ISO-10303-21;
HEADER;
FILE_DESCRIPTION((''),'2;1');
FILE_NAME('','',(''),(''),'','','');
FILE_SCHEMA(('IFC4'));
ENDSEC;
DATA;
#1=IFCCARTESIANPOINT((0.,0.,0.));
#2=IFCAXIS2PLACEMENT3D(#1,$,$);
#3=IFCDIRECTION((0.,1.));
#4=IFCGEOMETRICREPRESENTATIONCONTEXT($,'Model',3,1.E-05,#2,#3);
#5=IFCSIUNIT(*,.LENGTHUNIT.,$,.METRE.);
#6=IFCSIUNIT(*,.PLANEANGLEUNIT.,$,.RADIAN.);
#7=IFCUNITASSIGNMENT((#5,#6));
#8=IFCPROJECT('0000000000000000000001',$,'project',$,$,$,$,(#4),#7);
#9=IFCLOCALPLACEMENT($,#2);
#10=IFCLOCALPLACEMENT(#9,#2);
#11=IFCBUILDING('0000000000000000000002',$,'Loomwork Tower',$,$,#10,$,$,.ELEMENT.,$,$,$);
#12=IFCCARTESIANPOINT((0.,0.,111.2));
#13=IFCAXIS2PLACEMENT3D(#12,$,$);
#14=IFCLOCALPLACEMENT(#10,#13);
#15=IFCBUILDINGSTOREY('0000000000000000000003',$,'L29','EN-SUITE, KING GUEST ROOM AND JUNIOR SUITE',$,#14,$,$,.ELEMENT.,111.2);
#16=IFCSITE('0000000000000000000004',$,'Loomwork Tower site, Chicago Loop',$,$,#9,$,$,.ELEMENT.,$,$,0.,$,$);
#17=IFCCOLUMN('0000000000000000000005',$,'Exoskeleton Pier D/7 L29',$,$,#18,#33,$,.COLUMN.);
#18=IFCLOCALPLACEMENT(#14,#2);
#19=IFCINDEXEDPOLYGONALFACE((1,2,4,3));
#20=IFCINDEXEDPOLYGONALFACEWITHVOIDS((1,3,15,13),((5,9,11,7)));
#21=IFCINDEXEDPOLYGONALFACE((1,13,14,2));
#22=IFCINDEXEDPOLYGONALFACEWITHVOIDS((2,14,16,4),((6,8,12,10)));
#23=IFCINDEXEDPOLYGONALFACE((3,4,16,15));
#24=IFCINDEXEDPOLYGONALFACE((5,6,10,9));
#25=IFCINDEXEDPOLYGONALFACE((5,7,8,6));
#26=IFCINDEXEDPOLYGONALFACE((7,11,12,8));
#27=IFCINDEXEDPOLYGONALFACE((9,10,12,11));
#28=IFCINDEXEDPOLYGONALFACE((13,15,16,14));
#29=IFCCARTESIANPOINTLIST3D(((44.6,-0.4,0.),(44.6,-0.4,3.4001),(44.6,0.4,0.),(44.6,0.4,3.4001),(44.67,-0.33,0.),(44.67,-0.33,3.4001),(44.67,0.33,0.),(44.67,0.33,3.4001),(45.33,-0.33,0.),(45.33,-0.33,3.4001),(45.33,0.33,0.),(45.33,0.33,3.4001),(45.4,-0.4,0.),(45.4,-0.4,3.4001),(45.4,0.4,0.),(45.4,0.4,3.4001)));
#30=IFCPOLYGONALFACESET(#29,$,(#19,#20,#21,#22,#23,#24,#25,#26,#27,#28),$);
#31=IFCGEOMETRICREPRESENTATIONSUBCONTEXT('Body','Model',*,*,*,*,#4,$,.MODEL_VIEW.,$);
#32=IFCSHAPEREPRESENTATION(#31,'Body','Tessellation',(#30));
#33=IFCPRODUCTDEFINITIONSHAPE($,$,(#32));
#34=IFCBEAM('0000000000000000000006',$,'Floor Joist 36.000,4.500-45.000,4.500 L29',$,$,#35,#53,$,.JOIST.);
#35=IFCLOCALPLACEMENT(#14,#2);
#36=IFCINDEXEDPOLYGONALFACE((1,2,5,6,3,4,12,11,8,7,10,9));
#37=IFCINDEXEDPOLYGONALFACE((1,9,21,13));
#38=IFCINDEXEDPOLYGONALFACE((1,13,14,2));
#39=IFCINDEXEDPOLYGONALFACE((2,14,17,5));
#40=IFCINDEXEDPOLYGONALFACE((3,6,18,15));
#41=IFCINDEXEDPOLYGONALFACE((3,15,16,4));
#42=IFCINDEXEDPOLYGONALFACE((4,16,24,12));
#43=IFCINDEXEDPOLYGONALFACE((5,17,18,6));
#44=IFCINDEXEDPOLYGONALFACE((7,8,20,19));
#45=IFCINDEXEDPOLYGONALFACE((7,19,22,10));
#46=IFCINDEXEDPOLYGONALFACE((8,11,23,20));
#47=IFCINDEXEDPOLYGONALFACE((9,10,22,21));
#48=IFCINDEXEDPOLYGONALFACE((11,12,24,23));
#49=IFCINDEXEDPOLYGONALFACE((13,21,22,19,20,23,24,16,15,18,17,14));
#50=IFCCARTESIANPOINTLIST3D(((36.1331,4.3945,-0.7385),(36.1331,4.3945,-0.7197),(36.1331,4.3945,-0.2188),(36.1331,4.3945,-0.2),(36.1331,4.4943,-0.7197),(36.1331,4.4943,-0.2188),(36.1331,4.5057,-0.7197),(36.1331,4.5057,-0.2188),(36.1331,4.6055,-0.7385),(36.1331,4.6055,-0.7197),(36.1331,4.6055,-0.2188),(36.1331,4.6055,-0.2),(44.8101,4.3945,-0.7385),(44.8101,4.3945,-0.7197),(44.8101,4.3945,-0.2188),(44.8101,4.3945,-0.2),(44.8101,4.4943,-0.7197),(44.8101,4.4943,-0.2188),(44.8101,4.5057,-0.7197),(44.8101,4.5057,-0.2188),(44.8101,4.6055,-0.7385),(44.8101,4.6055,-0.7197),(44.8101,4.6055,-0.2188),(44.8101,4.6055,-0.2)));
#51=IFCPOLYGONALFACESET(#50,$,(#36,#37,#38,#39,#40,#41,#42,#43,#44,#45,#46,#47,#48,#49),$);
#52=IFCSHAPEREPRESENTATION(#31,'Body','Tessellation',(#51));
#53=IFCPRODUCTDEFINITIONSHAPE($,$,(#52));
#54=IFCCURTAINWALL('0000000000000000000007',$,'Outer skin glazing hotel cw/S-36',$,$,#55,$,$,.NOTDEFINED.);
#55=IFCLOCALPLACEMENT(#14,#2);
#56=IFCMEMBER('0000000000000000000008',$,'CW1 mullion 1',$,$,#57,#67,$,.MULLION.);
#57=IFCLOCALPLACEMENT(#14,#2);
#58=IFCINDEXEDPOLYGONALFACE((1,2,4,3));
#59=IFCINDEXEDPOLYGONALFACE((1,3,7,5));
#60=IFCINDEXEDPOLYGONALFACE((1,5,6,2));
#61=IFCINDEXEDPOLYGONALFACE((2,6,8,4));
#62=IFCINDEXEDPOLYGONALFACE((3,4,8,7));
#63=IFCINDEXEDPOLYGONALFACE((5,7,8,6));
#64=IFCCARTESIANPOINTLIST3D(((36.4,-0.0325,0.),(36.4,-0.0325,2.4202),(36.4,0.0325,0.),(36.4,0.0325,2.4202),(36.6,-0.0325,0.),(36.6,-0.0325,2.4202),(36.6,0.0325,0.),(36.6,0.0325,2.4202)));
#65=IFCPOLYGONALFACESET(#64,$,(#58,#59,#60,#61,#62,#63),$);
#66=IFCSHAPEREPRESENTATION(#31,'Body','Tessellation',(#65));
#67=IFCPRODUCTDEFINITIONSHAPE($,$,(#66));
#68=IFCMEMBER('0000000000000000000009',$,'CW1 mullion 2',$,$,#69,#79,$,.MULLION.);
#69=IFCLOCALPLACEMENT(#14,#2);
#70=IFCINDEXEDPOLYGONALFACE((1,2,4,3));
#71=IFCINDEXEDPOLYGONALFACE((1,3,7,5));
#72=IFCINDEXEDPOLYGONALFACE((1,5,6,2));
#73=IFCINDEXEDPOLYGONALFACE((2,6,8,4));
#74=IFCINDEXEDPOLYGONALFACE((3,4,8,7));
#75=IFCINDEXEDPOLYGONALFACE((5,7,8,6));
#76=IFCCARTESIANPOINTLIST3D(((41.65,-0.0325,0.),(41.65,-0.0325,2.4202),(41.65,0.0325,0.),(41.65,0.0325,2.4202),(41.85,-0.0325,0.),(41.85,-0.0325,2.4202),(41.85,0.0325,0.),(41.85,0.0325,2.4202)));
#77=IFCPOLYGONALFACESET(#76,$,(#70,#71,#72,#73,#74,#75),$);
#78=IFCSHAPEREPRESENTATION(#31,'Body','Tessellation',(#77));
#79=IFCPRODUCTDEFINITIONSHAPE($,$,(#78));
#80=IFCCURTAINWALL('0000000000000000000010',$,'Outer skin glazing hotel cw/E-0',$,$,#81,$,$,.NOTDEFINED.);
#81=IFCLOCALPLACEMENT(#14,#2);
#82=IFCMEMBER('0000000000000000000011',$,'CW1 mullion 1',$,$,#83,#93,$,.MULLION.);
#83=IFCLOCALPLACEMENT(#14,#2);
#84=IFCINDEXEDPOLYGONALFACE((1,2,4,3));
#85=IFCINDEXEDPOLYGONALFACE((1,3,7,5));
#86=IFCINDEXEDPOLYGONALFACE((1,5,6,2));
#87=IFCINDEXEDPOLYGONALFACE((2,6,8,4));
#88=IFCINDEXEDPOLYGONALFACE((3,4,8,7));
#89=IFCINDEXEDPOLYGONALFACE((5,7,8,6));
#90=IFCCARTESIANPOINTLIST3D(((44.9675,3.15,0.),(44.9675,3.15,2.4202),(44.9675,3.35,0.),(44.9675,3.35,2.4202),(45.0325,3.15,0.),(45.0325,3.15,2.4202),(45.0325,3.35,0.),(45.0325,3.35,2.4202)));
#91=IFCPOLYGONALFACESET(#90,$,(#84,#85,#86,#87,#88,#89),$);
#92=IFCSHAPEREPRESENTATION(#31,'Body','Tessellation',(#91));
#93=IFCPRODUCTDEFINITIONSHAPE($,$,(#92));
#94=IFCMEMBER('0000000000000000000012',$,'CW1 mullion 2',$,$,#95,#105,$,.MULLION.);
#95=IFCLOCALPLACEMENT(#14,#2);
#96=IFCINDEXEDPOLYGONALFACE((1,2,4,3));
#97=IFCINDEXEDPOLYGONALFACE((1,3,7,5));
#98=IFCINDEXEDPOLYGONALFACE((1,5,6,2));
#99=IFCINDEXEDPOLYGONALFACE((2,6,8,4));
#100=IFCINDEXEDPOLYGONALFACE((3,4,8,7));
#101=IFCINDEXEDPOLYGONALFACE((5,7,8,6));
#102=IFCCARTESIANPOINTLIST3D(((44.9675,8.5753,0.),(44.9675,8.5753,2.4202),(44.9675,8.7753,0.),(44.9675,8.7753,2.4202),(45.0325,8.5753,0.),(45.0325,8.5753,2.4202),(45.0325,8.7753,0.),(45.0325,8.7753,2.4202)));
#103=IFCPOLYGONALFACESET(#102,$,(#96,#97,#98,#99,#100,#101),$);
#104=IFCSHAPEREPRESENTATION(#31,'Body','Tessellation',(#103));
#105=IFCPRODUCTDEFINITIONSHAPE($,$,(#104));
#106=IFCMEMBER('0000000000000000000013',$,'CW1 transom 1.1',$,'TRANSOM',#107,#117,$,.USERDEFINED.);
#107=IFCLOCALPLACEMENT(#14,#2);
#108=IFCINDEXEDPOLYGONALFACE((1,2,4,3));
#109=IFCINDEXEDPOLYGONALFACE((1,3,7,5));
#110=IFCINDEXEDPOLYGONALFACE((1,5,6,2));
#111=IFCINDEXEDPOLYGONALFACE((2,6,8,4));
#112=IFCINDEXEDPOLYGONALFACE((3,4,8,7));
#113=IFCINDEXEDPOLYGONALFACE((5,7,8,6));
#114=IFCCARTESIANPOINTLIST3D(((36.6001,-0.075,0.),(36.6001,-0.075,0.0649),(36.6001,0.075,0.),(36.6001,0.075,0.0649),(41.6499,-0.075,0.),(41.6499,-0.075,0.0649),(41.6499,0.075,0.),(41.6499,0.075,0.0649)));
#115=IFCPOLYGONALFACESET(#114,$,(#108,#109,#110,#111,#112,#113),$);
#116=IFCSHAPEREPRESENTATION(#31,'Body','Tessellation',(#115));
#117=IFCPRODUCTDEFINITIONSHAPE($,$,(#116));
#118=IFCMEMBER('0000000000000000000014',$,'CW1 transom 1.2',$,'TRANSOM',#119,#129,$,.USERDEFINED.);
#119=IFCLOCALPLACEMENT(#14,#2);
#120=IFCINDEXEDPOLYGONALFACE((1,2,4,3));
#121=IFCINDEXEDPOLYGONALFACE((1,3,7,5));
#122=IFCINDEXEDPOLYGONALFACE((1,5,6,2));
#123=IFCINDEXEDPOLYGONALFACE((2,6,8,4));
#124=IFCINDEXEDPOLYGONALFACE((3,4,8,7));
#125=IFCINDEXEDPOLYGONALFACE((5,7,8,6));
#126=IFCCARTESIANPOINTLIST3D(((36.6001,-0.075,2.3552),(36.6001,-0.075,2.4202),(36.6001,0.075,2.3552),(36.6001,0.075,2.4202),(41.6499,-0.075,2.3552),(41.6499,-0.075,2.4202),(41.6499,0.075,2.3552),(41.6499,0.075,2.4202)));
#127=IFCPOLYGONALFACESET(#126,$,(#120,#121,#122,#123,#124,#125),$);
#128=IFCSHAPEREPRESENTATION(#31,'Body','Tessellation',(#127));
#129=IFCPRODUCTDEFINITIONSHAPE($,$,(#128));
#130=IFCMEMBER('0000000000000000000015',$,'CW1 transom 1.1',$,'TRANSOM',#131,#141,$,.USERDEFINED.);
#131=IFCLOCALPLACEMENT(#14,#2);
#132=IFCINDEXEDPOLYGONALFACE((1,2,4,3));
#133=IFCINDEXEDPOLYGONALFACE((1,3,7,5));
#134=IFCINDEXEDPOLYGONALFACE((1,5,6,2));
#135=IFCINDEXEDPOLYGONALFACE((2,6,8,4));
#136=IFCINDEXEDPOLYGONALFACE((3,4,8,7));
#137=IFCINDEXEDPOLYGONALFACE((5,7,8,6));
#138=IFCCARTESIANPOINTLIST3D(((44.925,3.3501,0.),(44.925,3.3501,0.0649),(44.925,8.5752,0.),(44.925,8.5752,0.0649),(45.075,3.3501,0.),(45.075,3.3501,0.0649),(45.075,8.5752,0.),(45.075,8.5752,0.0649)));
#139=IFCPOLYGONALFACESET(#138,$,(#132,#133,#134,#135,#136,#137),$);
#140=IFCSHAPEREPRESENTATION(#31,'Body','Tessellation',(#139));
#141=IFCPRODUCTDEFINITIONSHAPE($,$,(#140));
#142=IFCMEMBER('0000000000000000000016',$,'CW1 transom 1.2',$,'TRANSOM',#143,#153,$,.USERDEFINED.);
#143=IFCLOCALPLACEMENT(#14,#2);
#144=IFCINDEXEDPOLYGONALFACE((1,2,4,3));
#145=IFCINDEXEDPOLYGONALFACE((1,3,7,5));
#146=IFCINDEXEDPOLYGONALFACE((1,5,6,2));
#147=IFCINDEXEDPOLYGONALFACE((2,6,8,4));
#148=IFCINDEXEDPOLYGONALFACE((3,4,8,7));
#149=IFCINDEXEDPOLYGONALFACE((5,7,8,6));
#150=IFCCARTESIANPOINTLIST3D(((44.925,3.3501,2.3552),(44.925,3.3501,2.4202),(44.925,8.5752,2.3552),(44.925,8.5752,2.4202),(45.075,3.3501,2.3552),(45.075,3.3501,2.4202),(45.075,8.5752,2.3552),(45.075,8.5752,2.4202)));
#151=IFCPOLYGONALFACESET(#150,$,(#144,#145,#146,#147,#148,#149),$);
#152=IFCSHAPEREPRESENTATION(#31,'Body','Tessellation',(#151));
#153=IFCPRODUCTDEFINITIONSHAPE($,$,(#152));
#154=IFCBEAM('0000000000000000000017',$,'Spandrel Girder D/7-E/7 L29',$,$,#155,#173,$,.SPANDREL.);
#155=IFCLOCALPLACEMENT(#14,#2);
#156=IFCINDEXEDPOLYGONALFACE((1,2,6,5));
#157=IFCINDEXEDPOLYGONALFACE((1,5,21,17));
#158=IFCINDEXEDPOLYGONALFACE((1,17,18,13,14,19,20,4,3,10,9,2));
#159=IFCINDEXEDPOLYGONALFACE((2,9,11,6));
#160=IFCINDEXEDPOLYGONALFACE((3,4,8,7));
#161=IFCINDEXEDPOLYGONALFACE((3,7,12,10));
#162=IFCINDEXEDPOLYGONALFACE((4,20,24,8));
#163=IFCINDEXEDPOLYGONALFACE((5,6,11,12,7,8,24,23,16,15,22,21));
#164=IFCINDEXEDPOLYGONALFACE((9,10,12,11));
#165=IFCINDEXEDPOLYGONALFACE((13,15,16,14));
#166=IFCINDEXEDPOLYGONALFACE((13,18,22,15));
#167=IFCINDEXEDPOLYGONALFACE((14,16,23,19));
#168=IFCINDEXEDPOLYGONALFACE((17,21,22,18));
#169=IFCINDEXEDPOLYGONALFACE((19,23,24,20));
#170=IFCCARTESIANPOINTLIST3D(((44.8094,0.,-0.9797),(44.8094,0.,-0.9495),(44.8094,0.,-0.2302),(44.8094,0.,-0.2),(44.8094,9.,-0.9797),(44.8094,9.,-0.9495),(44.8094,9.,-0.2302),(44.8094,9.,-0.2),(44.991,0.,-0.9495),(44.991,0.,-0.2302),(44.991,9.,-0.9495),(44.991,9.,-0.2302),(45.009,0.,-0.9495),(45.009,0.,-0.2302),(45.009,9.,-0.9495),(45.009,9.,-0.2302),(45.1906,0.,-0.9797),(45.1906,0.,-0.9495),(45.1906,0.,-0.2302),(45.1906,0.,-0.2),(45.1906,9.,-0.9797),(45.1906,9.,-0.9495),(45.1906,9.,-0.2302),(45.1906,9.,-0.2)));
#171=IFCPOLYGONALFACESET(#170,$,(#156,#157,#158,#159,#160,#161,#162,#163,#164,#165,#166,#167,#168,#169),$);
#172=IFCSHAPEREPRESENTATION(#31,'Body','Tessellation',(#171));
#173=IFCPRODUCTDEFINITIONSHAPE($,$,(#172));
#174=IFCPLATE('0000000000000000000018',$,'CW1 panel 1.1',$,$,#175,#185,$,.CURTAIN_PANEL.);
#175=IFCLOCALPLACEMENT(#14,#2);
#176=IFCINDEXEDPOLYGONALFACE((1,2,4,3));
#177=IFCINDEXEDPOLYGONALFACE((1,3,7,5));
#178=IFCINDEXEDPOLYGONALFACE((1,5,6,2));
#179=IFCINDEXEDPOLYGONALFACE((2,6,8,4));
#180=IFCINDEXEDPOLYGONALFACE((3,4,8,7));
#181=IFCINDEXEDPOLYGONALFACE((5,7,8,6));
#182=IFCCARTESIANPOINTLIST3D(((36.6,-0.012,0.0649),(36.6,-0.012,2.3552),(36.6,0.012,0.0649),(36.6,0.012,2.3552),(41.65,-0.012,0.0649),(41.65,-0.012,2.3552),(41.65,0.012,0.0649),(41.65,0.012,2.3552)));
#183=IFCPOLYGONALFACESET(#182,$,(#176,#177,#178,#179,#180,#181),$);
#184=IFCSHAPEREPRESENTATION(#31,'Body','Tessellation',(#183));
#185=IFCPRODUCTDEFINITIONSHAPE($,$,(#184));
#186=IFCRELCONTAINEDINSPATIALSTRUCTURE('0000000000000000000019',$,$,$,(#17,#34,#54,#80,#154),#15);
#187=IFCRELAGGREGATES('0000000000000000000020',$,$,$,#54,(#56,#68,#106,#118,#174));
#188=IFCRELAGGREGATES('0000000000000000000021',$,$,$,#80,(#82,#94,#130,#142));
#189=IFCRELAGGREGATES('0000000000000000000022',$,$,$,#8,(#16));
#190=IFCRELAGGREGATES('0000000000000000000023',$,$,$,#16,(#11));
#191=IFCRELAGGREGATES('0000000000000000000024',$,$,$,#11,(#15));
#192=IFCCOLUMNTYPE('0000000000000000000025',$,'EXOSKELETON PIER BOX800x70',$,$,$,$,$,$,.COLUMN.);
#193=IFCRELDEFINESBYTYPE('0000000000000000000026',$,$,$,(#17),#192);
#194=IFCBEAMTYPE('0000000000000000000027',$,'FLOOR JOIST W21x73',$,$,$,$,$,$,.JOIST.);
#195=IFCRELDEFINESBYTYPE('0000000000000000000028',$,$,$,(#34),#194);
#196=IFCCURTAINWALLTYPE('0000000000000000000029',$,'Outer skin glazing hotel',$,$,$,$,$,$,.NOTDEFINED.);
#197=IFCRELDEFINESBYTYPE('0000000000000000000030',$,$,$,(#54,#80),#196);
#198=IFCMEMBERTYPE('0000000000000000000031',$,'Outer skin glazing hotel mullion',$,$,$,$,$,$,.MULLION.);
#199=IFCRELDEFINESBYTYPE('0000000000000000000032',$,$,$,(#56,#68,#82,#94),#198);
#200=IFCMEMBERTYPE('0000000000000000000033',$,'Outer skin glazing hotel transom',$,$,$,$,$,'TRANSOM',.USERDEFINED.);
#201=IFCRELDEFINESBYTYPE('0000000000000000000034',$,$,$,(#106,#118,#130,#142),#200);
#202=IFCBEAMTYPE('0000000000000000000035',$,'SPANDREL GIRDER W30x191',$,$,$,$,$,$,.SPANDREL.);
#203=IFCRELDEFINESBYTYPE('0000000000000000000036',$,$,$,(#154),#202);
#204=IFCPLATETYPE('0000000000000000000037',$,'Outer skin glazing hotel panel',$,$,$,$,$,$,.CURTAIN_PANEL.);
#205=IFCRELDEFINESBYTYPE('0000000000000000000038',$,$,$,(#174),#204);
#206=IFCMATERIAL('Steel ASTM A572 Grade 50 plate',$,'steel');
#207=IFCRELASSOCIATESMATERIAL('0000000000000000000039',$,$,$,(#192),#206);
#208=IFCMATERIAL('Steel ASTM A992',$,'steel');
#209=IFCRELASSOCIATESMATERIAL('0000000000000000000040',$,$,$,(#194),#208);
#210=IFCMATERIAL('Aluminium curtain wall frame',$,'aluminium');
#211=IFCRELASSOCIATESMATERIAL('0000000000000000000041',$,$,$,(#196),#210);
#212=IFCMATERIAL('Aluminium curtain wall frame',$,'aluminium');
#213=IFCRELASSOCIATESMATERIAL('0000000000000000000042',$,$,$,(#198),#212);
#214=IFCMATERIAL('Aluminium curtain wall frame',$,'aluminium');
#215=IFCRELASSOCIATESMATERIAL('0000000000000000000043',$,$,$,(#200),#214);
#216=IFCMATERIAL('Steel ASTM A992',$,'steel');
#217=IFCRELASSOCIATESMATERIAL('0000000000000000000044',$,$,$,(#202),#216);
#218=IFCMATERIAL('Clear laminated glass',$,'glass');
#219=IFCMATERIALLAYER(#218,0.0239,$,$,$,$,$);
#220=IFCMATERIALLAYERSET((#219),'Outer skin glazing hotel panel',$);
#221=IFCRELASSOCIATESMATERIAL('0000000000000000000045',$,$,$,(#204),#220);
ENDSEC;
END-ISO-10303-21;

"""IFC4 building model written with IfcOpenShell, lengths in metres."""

from ifc_helpers import new_model, si_unit, direction, frame, origin, origin_2d, place, context, subcontext, project, spatial, rectangle, hollow_rectangle, i_section, extrude, material, layer, layer_set, material_profile, profile_set, type_object, element, aggregate, save


model = new_model("IFC4")

# Units and contexts
model_context = context("Model", 3, precision=1e-05, world=origin(), true_north=direction((0.0, 1.0)))
body_context = subcontext(model_context, "Body", "Model", "MODEL_VIEW")
ifc_project = project(units=[si_unit("LENGTHUNIT", "METRE"), si_unit("PLANEANGLEUNIT", "RADIAN")], contexts=[model_context])

# Site, building, storey
site_placement = place(None, origin())
site = spatial("IfcSite", under=ifc_project, at=site_placement, Name="Loomwork Tower site, Chicago Loop", CompositionType="ELEMENT", RefElevation=0.0)
building_placement = place(site_placement, origin())
building = spatial("IfcBuilding", under=site, at=building_placement, Name="Loomwork Tower", CompositionType="ELEMENT")
storey_placement = place(building_placement, frame((0.0, 0.0, 111.2)))
storey = spatial("IfcBuildingStorey", under=building, at=storey_placement, Name="L29", Description="EN-SUITE, KING GUEST ROOM AND JUNIOR SUITE", CompositionType="ELEMENT", Elevation=111.2)

# Column
ifc_material_1 = material(Name="Steel ASTM A572 Grade 50 plate", Category="steel")
ifc_material_profile_1 = material_profile(ifc_material_1, hollow_rectangle(XDim=0.8, YDim=0.8, WallThickness=0.0701, at=origin_2d()), Name="BOX800x70")
ifc_profile_set_1 = profile_set([ifc_material_profile_1], Name="Steel ASTM A572 Grade 50 plate")
column_type = type_object("IfcColumnType", Name="EXOSKELETON PIER BOX800x70", PredefinedType="COLUMN", material=ifc_profile_set_1)
column_placement = place(storey_placement, frame((45.0, 0.0, 0.0), z_axis=(0.0, 0.0, 1.0), x_axis=(1.0, 0.0, 0.0)))
element("IfcColumn", 1, at=column_placement, inside=storey, type_object=column_type, Name="Exoskeleton Pier D/7 L29", PredefinedType="COLUMN", context=body_context, shape_type="SweptSolid", body=[
    extrude(hollow_rectangle(XDim=0.8, YDim=0.8, WallThickness=0.0701, at=origin_2d()), origin(), (0.0, 0.0, 1.0), 3.4001),
])

# Beam
ifc_material_2 = material(Name="Steel ASTM A992", Category="steel")
ifc_material_profile_2 = material_profile(ifc_material_2, i_section(OverallWidth=0.2109, OverallDepth=0.5386, WebThickness=0.0115, FlangeThickness=0.0188, at=origin_2d()), Name="W21x73")
ifc_profile_set_2 = profile_set([ifc_material_profile_2], Name="Steel ASTM A992")
beam_type_1 = type_object("IfcBeamType", Name="FLOOR JOIST W21x73", PredefinedType="JOIST", material=ifc_profile_set_2)
beam_1_placement = place(storey_placement, frame((36.1331, 4.5, -0.4692), z_axis=(1.0, 0.0, 0.0), x_axis=(0.0, 1.0, 0.0)))
element("IfcBeam", 2, at=beam_1_placement, inside=storey, type_object=beam_type_1, Name="Floor Joist 36.000,4.500-45.000,4.500 L29", PredefinedType="JOIST", context=body_context, shape_type="SweptSolid", body=[
    extrude(i_section(OverallWidth=0.2109, OverallDepth=0.5386, WebThickness=0.0115, FlangeThickness=0.0188, at=origin_2d()), origin(), (0.0, 0.0, 1.0), 8.677),
])

# Curtain walls, members
ifc_material_3 = material(Name="Aluminium curtain wall frame", Category="aluminium")
curtain_wall_type = type_object("IfcCurtainWallType", Name="Outer skin glazing hotel", PredefinedType="NOTDEFINED", material=ifc_material_3)
curtain_wall_1_placement = place(storey_placement, origin())
curtain_wall_1 = element("IfcCurtainWall", 3, at=curtain_wall_1_placement, inside=storey, type_object=curtain_wall_type, Name="Outer skin glazing hotel cw/S-36", PredefinedType="NOTDEFINED")
ifc_material_4 = material(Name="Aluminium curtain wall frame", Category="aluminium")
ifc_material_profile_3 = material_profile(ifc_material_4, rectangle(XDim=0.0649, YDim=0.2, at=origin_2d()), Name="AL 65x200")
ifc_profile_set_3 = profile_set([ifc_material_profile_3], Name="Aluminium curtain wall frame")
member_type_1 = type_object("IfcMemberType", Name="Outer skin glazing hotel mullion", PredefinedType="MULLION", material=ifc_profile_set_3)
member_1_placement = place(storey_placement, frame((36.5, 0.0, 0.0), z_axis=(0.0, 0.0, 1.0), x_axis=(0.0, 1.0, 0.0)))
member_1 = element("IfcMember", 4, at=member_1_placement, type_object=member_type_1, Name="CW1 mullion 1", PredefinedType="MULLION", context=body_context, shape_type="SweptSolid", body=[
    extrude(rectangle(XDim=0.0649, YDim=0.2, at=origin_2d()), origin(), (0.0, 0.0, 1.0), 2.4202),
])
member_2_placement = place(storey_placement, frame((41.75, 0.0, 0.0), z_axis=(0.0, 0.0, 1.0), x_axis=(0.0, 1.0, 0.0)))
member_2 = element("IfcMember", 5, at=member_2_placement, type_object=member_type_1, Name="CW1 mullion 2", PredefinedType="MULLION", context=body_context, shape_type="SweptSolid", body=[
    extrude(rectangle(XDim=0.0649, YDim=0.2, at=origin_2d()), origin(), (0.0, 0.0, 1.0), 2.4202),
])
curtain_wall_2_placement = place(storey_placement, origin())
curtain_wall_2 = element("IfcCurtainWall", 6, at=curtain_wall_2_placement, inside=storey, type_object=curtain_wall_type, Name="Outer skin glazing hotel cw/E-0", PredefinedType="NOTDEFINED")
member_3_placement = place(storey_placement, frame((45.0, 3.25, 0.0), z_axis=(0.0, 0.0, 1.0), x_axis=(-1.0, 0.0, 0.0)))
member_3 = element("IfcMember", 7, at=member_3_placement, type_object=member_type_1, Name="CW1 mullion 1", PredefinedType="MULLION", context=body_context, shape_type="SweptSolid", body=[
    extrude(rectangle(XDim=0.0649, YDim=0.2, at=origin_2d()), origin(), (0.0, 0.0, 1.0), 2.4202),
])
member_4_placement = place(storey_placement, frame((45.0, 8.6753, 0.0), z_axis=(0.0, 0.0, 1.0), x_axis=(-1.0, 0.0, 0.0)))
member_4 = element("IfcMember", 8, at=member_4_placement, type_object=member_type_1, Name="CW1 mullion 2", PredefinedType="MULLION", context=body_context, shape_type="SweptSolid", body=[
    extrude(rectangle(XDim=0.0649, YDim=0.2, at=origin_2d()), origin(), (0.0, 0.0, 1.0), 2.4202),
])

# Members
ifc_material_5 = material(Name="Aluminium curtain wall frame", Category="aluminium")
ifc_material_profile_4 = material_profile(ifc_material_5, rectangle(XDim=0.1499, YDim=0.0649, at=origin_2d()), Name="AL 65x150")
ifc_profile_set_4 = profile_set([ifc_material_profile_4], Name="Aluminium curtain wall frame")
member_type_2 = type_object("IfcMemberType", Name="Outer skin glazing hotel transom", ElementType="TRANSOM", PredefinedType="USERDEFINED", material=ifc_profile_set_4)
member_5_placement = place(storey_placement, frame((36.6001, 0.0, 0.0325), z_axis=(1.0, 0.0, 0.0), x_axis=(0.0, 1.0, 0.0)))
member_5 = element("IfcMember", 9, at=member_5_placement, type_object=member_type_2, Name="CW1 transom 1.1", ObjectType="TRANSOM", PredefinedType="USERDEFINED", context=body_context, shape_type="SweptSolid", body=[
    extrude(rectangle(XDim=0.1499, YDim=0.0649, at=origin_2d()), origin(), (0.0, 0.0, 1.0), 5.0498),
])
member_6_placement = place(storey_placement, frame((36.6001, 0.0, 2.3877), z_axis=(1.0, 0.0, 0.0), x_axis=(0.0, 1.0, 0.0)))
member_6 = element("IfcMember", 10, at=member_6_placement, type_object=member_type_2, Name="CW1 transom 1.2", ObjectType="TRANSOM", PredefinedType="USERDEFINED", context=body_context, shape_type="SweptSolid", body=[
    extrude(rectangle(XDim=0.1499, YDim=0.0649, at=origin_2d()), origin(), (0.0, 0.0, 1.0), 5.0498),
])
member_7_placement = place(storey_placement, frame((45.0, 3.3501, 0.0325), z_axis=(0.0, 1.0, 0.0), x_axis=(-1.0, 0.0, 0.0)))
member_7 = element("IfcMember", 11, at=member_7_placement, type_object=member_type_2, Name="CW1 transom 1.1", ObjectType="TRANSOM", PredefinedType="USERDEFINED", context=body_context, shape_type="SweptSolid", body=[
    extrude(rectangle(XDim=0.1499, YDim=0.0649, at=origin_2d()), origin(), (0.0, 0.0, 1.0), 5.2251),
])
member_8_placement = place(storey_placement, frame((45.0, 3.3501, 2.3877), z_axis=(0.0, 1.0, 0.0), x_axis=(-1.0, 0.0, 0.0)))
member_8 = element("IfcMember", 12, at=member_8_placement, type_object=member_type_2, Name="CW1 transom 1.2", ObjectType="TRANSOM", PredefinedType="USERDEFINED", context=body_context, shape_type="SweptSolid", body=[
    extrude(rectangle(XDim=0.1499, YDim=0.0649, at=origin_2d()), origin(), (0.0, 0.0, 1.0), 5.2251),
])

# Beam
ifc_material_6 = material(Name="Steel ASTM A992", Category="steel")
ifc_material_profile_5 = material_profile(ifc_material_6, i_section(OverallWidth=0.3811, OverallDepth=0.7798, WebThickness=0.0181, FlangeThickness=0.0303, at=origin_2d()), Name="W30x191")
ifc_profile_set_5 = profile_set([ifc_material_profile_5], Name="Steel ASTM A992")
beam_type_2 = type_object("IfcBeamType", Name="SPANDREL GIRDER W30x191", PredefinedType="SPANDREL", material=ifc_profile_set_5)
beam_2_placement = place(storey_placement, frame((45.0, 0.0, -0.5898), z_axis=(0.0, 1.0, 0.0), x_axis=(-1.0, 0.0, 0.0)))
element("IfcBeam", 13, at=beam_2_placement, inside=storey, type_object=beam_type_2, Name="Spandrel Girder D/7-E/7 L29", PredefinedType="SPANDREL", context=body_context, shape_type="SweptSolid", body=[
    extrude(i_section(OverallWidth=0.3811, OverallDepth=0.7798, WebThickness=0.0181, FlangeThickness=0.0303, at=origin_2d()), origin(), (0.0, 0.0, 1.0), 9.0),
])

# Plate
ifc_material_7 = material(Name="Clear laminated glass", Category="glass")
ifc_layer_1 = layer(ifc_material_7, 0.0239)
ifc_layer_set_1 = layer_set([ifc_layer_1], Name="Outer skin glazing hotel panel")
plate_type = type_object("IfcPlateType", Name="Outer skin glazing hotel panel", PredefinedType="CURTAIN_PANEL", material=ifc_layer_set_1)
plate_1_placement = place(storey_placement, frame((39.125, 0.0, 0.0649), z_axis=(0.0, 0.0, 1.0), x_axis=(1.0, 0.0, 0.0)))
plate_1 = element("IfcPlate", 14, at=plate_1_placement, type_object=plate_type, Name="CW1 panel 1.1", PredefinedType="CURTAIN_PANEL", context=body_context, shape_type="SweptSolid", body=[
    extrude(rectangle(XDim=5.05, YDim=0.0239, at=origin_2d()), origin(), (0.0, 0.0, 1.0), 2.2903),
])
aggregate(curtain_wall_1, [member_1, member_2, member_5, member_6, plate_1])
aggregate(curtain_wall_2, [member_3, member_4, member_7, member_8])

save(model, "model.ifc")
